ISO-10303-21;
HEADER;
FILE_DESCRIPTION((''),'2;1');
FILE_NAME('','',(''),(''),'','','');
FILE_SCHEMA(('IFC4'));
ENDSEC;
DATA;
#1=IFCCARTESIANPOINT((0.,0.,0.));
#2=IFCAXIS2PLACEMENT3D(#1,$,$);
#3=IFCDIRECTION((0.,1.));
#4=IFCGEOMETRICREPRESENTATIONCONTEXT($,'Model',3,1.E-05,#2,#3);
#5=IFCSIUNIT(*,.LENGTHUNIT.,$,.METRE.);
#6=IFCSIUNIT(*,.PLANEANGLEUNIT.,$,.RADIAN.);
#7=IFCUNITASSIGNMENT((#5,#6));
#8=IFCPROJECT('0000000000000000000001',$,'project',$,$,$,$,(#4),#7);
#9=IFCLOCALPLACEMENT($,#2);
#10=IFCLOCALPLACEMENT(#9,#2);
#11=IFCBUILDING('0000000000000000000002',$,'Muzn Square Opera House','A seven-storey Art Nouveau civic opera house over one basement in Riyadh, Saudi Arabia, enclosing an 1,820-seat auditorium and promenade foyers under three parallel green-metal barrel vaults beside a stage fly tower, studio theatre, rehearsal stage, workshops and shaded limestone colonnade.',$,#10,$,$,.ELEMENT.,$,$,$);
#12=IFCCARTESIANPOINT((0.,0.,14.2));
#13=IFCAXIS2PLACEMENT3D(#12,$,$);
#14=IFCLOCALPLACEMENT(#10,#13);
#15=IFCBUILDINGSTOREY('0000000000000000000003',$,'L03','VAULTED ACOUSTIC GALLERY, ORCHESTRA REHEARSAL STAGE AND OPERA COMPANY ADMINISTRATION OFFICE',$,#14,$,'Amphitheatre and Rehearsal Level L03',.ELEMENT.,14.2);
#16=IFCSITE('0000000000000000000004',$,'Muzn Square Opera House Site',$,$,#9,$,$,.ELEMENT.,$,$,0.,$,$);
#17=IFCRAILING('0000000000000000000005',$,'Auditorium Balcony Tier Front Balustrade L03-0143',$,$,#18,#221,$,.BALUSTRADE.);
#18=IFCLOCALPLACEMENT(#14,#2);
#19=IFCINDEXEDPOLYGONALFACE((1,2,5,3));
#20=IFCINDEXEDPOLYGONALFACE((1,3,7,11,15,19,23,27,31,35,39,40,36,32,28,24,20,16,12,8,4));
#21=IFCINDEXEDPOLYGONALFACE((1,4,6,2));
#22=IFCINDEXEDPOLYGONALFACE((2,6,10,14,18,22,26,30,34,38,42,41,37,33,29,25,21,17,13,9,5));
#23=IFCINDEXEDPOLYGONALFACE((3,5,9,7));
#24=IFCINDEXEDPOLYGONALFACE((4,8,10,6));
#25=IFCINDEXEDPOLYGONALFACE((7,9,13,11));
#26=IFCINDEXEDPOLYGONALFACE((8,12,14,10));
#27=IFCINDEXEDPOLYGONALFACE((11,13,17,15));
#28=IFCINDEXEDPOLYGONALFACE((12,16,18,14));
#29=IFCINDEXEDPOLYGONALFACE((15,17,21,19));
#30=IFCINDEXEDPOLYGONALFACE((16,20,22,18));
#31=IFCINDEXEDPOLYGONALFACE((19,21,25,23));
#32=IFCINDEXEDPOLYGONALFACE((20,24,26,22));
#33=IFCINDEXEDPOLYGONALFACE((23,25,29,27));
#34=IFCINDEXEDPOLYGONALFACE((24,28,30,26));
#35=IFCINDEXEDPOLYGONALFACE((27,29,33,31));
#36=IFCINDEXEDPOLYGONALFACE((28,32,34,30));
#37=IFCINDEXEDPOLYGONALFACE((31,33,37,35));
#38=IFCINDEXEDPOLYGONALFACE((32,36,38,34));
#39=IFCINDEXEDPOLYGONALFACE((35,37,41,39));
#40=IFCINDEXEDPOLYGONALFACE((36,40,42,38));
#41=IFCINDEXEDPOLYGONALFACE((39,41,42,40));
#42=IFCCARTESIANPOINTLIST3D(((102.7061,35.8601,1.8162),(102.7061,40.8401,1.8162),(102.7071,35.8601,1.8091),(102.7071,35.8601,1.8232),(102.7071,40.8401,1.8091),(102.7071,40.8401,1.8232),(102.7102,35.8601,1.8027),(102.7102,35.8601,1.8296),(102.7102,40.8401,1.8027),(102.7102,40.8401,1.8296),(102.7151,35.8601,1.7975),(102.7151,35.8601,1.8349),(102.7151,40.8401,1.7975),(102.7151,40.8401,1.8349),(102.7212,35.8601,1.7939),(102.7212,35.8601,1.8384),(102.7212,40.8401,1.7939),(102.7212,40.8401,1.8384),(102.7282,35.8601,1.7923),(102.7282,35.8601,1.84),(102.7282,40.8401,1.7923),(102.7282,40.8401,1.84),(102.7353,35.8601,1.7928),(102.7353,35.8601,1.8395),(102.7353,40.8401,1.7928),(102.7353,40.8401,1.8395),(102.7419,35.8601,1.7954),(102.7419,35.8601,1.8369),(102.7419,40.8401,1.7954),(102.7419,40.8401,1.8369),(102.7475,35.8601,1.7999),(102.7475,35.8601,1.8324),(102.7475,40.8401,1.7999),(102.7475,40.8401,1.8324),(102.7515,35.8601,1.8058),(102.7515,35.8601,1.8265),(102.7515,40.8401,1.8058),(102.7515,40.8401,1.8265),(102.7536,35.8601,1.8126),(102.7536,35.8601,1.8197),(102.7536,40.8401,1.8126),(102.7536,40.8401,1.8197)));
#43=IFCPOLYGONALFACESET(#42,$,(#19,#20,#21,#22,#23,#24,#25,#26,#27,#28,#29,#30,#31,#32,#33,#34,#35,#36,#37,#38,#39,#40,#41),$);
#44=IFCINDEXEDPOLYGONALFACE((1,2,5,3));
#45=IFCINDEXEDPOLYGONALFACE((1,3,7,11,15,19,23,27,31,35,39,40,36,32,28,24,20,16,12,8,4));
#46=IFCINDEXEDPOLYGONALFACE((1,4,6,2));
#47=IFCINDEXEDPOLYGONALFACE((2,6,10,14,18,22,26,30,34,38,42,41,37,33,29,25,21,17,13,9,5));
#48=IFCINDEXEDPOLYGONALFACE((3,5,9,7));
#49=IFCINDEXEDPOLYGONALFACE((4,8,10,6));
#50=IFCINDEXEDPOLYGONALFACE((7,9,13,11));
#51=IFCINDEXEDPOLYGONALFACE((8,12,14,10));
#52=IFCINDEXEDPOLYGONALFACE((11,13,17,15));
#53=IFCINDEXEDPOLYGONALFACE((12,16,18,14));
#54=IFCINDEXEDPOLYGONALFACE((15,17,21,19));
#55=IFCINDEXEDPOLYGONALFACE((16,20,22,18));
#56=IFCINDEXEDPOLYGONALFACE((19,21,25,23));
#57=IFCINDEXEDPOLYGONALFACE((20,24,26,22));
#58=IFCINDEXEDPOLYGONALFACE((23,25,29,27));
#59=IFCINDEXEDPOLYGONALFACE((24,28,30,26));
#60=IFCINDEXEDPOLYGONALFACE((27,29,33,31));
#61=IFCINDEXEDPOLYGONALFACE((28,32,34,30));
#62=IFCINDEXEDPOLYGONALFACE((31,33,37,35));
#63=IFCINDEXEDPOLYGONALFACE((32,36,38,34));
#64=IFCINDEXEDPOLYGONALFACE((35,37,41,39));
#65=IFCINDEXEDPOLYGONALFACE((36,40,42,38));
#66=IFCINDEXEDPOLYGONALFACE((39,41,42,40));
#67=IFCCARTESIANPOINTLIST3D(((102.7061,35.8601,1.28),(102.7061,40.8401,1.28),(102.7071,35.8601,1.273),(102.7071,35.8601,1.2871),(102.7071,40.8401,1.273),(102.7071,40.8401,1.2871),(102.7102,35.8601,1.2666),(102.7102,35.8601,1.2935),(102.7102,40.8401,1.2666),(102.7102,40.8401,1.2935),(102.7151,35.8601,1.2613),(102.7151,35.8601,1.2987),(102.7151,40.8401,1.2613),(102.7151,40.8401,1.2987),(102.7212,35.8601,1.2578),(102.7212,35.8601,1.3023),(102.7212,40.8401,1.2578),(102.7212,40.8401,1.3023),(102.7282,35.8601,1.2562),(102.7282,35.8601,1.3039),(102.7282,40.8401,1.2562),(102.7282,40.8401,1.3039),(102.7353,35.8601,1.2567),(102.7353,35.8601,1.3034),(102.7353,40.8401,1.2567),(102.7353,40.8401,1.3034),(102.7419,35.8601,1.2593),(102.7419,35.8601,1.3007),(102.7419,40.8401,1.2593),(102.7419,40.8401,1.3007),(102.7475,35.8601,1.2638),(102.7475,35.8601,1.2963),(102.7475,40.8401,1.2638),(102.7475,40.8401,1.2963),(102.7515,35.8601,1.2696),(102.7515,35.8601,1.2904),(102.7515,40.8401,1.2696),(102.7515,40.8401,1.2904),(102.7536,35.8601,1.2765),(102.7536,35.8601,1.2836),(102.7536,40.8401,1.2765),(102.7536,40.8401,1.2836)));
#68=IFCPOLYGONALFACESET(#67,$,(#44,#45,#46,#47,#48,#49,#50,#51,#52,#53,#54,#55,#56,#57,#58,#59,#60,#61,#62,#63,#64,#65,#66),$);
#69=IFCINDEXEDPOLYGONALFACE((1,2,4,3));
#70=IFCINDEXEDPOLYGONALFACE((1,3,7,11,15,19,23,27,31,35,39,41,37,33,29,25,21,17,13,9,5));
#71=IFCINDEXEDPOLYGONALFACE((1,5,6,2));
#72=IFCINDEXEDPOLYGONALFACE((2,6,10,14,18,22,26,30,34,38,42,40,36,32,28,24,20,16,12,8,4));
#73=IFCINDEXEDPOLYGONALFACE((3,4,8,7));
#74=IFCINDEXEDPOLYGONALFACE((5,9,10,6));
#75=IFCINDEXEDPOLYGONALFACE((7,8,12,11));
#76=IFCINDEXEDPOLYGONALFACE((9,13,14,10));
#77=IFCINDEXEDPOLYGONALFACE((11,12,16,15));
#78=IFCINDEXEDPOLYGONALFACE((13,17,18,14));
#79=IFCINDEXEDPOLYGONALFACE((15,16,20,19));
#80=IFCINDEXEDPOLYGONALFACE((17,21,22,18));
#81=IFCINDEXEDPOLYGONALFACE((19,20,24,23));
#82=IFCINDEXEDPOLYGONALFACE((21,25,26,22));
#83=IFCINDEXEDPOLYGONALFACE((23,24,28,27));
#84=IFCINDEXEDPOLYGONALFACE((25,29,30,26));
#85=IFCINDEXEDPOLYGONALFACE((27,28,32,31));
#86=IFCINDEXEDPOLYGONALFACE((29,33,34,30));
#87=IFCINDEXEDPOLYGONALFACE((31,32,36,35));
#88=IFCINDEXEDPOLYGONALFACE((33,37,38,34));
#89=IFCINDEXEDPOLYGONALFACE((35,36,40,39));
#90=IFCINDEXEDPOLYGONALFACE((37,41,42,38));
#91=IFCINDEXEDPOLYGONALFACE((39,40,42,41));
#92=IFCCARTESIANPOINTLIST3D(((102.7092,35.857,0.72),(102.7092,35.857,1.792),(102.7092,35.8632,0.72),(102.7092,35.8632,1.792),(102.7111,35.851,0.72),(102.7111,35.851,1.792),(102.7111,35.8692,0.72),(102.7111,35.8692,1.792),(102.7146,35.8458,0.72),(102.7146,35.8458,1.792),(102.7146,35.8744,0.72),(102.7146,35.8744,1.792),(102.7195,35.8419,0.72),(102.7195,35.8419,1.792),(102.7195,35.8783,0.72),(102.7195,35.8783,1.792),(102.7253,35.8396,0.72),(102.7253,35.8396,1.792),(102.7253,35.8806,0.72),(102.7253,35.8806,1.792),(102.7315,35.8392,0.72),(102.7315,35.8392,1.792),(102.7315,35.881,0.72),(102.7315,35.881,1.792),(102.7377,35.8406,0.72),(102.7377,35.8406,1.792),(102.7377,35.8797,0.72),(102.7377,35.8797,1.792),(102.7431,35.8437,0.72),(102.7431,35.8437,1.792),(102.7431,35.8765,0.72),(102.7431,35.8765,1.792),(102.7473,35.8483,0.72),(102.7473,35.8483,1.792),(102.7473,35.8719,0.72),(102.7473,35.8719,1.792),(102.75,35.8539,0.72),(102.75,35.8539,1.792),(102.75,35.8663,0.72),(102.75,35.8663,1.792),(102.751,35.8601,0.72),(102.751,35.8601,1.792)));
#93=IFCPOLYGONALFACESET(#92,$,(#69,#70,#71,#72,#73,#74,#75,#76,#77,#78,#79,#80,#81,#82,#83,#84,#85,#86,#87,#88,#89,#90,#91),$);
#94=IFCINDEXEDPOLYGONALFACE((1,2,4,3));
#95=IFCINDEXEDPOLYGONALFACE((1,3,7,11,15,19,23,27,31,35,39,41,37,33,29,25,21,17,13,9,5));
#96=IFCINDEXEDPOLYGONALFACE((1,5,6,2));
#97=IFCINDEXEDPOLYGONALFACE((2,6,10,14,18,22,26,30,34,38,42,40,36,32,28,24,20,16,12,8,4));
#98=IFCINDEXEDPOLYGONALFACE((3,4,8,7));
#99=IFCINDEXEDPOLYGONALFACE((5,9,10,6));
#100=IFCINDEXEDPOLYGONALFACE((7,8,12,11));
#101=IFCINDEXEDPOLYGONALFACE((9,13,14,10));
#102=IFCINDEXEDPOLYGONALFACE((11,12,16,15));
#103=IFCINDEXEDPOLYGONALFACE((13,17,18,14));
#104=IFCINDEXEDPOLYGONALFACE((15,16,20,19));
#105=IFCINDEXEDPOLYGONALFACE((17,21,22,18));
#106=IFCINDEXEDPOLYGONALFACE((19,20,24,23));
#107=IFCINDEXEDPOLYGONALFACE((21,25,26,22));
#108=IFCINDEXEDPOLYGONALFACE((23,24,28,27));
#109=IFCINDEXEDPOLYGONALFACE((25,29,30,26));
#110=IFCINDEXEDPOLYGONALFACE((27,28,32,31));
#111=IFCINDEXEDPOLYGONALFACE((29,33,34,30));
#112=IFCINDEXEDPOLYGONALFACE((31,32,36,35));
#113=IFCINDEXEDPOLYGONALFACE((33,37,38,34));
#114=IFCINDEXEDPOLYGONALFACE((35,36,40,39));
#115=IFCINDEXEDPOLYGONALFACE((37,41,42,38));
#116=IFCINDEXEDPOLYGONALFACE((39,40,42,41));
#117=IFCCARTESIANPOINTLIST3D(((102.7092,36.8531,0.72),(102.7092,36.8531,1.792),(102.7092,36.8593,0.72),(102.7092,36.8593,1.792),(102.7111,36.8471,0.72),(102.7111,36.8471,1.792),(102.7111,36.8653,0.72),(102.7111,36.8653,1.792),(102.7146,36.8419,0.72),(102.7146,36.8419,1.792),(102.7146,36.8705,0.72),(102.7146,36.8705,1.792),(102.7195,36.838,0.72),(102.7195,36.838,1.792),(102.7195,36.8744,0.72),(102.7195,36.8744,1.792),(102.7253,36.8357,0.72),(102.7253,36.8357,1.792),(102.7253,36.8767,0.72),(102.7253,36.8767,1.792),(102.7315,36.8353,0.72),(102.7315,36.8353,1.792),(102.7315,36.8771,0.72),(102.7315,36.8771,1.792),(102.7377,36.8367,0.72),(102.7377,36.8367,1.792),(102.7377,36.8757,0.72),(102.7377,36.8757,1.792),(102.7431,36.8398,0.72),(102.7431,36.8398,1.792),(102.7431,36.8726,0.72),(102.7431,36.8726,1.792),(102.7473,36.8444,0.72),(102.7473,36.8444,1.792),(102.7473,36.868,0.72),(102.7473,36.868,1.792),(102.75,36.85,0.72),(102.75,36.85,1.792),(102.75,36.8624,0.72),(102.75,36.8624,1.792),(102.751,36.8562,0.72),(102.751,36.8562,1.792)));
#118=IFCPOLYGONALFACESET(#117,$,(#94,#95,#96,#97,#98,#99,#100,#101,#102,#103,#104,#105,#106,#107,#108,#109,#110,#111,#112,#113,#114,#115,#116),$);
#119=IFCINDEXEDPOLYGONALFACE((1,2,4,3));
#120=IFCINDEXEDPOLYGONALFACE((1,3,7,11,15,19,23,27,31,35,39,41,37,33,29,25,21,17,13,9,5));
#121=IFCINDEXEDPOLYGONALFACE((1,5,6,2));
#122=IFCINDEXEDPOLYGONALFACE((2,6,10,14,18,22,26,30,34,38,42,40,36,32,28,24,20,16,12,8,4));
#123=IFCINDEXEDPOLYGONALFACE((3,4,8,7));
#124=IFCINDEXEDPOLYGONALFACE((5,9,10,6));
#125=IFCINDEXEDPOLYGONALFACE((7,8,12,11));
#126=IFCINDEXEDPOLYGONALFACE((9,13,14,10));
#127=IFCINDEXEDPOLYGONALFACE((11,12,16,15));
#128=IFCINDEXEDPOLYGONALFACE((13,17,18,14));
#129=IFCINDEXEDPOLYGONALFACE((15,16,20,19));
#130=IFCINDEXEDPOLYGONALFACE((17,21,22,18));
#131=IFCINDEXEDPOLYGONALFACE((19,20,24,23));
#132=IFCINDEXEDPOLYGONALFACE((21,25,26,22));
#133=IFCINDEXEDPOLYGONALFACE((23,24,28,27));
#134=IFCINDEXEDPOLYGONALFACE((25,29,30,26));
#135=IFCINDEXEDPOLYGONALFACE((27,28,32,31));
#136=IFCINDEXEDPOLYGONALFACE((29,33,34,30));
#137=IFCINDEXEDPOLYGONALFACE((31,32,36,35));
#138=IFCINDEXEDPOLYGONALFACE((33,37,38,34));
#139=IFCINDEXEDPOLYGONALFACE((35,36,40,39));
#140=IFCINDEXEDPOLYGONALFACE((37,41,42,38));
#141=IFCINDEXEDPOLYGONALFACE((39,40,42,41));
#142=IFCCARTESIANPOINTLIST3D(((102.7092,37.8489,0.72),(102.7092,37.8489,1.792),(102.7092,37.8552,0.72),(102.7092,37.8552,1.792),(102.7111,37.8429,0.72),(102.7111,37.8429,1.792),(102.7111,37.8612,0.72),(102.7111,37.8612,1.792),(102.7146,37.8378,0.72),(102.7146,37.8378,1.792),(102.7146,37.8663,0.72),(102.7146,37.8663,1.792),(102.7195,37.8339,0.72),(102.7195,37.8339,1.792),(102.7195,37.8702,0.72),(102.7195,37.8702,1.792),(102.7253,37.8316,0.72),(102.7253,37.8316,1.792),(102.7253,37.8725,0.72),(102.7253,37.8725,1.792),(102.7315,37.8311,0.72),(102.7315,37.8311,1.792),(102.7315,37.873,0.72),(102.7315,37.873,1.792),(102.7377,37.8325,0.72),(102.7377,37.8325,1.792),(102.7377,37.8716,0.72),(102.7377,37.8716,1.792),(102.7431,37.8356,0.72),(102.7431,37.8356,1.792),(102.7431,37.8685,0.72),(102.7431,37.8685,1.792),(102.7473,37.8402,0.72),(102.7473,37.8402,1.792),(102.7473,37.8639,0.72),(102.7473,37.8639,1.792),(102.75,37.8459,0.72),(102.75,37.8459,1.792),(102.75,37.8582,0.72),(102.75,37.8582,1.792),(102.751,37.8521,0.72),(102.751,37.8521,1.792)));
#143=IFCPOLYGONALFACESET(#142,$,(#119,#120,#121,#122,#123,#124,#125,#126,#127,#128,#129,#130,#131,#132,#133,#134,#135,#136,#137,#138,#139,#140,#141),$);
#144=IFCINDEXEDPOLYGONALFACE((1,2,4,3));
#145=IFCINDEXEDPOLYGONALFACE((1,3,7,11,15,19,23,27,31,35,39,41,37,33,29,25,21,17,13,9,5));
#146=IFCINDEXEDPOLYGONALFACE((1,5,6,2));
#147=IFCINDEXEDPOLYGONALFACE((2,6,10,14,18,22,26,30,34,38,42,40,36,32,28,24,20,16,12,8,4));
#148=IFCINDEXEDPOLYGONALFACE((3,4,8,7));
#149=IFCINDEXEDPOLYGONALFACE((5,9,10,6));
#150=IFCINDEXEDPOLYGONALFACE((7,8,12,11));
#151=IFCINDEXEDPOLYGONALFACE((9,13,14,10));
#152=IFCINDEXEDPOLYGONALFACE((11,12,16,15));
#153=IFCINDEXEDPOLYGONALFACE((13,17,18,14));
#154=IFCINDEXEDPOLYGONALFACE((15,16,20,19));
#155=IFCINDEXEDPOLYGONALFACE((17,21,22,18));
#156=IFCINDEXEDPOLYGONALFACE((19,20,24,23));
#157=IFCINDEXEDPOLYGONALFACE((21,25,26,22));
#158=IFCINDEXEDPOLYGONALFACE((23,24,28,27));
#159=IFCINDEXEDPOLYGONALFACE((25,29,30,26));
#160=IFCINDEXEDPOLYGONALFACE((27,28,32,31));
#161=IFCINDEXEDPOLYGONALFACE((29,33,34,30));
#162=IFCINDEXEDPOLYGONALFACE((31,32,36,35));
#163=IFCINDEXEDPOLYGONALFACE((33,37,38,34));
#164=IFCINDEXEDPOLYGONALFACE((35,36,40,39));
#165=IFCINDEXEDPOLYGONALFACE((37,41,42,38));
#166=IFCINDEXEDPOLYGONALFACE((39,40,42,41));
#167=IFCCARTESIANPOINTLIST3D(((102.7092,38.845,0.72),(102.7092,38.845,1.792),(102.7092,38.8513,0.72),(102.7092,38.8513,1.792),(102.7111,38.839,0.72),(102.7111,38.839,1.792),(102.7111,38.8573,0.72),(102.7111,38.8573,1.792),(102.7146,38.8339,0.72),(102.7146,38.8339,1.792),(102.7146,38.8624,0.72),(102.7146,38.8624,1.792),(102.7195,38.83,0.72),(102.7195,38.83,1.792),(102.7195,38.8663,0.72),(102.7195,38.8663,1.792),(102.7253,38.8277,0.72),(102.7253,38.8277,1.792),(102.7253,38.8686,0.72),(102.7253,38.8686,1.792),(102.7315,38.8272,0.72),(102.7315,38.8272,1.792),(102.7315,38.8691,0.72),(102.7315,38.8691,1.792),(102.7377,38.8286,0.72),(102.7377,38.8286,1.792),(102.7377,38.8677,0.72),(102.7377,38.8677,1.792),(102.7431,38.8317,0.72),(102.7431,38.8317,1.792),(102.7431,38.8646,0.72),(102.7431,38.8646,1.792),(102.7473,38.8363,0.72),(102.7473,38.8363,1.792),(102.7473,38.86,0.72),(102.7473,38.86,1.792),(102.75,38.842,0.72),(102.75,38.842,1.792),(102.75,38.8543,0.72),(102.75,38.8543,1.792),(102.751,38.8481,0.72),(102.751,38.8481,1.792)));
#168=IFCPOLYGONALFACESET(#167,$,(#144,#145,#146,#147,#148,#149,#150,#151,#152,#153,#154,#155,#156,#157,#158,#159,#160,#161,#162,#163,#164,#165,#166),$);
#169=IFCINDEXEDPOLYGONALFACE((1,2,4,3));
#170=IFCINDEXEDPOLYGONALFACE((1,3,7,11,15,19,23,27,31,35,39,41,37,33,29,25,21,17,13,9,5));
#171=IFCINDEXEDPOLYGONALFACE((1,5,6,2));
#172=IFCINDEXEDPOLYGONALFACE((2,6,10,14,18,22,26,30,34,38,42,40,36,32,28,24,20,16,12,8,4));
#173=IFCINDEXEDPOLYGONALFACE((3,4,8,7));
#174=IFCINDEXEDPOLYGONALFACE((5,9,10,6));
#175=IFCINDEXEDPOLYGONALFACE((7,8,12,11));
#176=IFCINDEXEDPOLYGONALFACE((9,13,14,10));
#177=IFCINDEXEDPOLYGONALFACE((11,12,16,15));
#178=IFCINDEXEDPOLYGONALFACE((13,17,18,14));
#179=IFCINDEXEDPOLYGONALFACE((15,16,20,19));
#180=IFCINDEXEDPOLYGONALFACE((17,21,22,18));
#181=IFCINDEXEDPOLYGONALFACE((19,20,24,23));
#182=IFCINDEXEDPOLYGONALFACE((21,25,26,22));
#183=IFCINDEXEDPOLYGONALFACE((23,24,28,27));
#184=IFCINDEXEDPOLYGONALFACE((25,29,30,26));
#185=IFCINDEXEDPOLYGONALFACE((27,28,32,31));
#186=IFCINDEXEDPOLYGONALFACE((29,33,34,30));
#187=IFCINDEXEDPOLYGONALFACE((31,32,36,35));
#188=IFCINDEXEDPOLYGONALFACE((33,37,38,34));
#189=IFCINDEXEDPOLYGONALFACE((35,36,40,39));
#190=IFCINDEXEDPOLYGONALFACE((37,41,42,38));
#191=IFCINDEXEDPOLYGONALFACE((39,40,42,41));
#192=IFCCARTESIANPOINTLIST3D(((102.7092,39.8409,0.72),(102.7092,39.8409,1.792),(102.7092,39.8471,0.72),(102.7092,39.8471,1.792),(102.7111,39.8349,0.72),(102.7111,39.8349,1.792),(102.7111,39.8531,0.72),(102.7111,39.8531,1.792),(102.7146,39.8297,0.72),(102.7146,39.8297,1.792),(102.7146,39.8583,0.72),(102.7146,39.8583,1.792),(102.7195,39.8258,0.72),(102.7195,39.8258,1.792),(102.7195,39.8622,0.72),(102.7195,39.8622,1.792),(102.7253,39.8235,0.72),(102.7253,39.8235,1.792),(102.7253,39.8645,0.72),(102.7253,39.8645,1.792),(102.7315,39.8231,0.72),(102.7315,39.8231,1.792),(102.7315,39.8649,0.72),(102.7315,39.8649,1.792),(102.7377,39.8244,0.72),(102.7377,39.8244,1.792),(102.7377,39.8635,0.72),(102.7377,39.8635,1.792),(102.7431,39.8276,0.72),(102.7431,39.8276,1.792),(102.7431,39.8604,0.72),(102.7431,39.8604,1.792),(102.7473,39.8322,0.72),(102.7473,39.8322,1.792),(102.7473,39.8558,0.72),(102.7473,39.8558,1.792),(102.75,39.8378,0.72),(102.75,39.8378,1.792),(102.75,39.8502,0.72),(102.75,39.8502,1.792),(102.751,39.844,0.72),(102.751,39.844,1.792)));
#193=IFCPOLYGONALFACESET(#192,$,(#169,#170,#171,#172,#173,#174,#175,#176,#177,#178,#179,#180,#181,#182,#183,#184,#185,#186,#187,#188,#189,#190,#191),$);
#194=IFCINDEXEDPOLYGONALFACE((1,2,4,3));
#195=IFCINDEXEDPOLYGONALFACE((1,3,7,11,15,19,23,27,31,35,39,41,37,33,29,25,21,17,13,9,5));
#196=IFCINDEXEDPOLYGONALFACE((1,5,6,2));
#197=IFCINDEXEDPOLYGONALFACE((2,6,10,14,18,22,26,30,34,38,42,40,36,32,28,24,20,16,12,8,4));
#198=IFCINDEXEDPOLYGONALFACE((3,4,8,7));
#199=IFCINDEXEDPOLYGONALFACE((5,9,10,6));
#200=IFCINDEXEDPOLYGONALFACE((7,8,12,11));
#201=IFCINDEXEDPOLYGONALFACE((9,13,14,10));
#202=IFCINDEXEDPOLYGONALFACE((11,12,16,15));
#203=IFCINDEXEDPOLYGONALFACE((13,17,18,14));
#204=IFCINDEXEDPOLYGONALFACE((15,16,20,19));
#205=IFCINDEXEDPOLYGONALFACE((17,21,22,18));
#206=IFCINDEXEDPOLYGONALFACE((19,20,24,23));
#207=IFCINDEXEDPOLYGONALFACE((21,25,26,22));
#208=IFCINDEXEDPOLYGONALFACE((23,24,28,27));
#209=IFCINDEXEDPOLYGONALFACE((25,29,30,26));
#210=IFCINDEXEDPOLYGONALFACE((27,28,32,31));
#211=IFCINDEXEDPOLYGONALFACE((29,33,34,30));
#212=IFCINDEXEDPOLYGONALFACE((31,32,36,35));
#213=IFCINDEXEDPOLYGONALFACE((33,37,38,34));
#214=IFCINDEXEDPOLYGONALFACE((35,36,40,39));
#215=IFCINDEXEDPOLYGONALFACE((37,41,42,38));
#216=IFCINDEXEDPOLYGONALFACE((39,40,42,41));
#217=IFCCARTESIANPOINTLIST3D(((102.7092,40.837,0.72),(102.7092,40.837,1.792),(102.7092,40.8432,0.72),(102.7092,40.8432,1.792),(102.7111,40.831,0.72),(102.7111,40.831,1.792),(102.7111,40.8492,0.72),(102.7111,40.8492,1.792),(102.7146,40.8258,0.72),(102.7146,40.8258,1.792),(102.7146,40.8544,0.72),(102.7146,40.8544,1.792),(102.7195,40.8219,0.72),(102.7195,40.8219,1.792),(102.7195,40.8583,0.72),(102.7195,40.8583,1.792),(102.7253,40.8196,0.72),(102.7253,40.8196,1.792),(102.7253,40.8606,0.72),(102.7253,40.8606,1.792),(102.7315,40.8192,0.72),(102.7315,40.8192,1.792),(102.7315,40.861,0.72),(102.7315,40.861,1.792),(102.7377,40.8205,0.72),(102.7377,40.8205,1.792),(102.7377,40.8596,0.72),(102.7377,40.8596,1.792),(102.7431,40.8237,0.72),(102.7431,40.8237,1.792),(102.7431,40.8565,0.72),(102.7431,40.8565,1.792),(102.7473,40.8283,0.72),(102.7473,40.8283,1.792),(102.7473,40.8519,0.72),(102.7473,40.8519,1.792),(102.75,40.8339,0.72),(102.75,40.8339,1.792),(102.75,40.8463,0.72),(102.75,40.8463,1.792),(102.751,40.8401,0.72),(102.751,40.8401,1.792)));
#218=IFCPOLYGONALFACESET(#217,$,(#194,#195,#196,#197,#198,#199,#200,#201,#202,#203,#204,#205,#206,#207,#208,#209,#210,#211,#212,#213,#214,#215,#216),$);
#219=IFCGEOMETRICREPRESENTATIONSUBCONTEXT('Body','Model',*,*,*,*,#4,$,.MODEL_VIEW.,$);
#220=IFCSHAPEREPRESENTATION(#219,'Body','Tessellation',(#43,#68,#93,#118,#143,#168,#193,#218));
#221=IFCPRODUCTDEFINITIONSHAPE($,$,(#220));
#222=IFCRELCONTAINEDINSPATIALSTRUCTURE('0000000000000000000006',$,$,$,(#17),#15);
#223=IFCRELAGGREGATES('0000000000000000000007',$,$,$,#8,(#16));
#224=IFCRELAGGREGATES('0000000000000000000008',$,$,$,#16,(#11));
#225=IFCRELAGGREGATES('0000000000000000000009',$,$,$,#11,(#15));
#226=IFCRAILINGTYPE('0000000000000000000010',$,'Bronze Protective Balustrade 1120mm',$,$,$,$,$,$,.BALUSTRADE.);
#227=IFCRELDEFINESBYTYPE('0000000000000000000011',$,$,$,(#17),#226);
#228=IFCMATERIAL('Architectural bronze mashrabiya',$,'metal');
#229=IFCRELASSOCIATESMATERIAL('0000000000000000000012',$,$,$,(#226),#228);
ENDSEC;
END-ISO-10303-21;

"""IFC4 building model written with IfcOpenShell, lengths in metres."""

from ifc_helpers import new_model, si_unit, direction, frame, origin, origin_2d, place, context, subcontext, project, spatial, circle, extrude, material, type_object, element, save


model = new_model("IFC4")

# Units and contexts
model_context = context("Model", 3, precision=1e-05, world=origin(), true_north=direction((0.0, 1.0)))
body_context = subcontext(model_context, "Body", "Model", "MODEL_VIEW")
ifc_project = project(units=[si_unit("LENGTHUNIT", "METRE"), si_unit("PLANEANGLEUNIT", "RADIAN")], contexts=[model_context])

# Site, building, storey
site_placement = place(None, origin())
site = spatial("IfcSite", under=ifc_project, at=site_placement, Name="Muzn Square Opera House Site", CompositionType="ELEMENT", RefElevation=0.0)
building_placement = place(site_placement, origin())
building = spatial("IfcBuilding", under=site, at=building_placement, Name="Muzn Square Opera House", Description="A seven-storey Art Nouveau civic opera house over one basement in Riyadh, Saudi Arabia, enclosing an 1,820-seat auditorium and promenade foyers under three parallel green-metal barrel vaults beside a stage fly tower, studio theatre, rehearsal stage, workshops and shaded limestone colonnade.", CompositionType="ELEMENT")
storey_placement = place(building_placement, frame((0.0, 0.0, 14.2)))
storey = spatial("IfcBuildingStorey", under=building, at=storey_placement, Name="L03", Description="VAULTED ACOUSTIC GALLERY, ORCHESTRA REHEARSAL STAGE AND OPERA COMPANY ADMINISTRATION OFFICE", LongName="Amphitheatre and Rehearsal Level L03", CompositionType="ELEMENT", Elevation=14.2)

# Railing
ifc_material_1 = material(Name="Architectural bronze mashrabiya", Category="metal")
railing_type_1 = type_object("IfcRailingType", Name="Bronze Protective Balustrade 1120mm", PredefinedType="BALUSTRADE", material=ifc_material_1)
railing_1_placement = place(storey_placement, frame((102.73, 35.8601, 0.72)))
element("IfcRailing", 1, at=railing_1_placement, inside=storey, type_object=railing_type_1, Name="Auditorium Balcony Tier Front Balustrade L03-0143", PredefinedType="BALUSTRADE", context=body_context, shape_type="SweptSolid", body=[
    extrude(circle(Radius=0.0239, at=origin_2d()), frame((0.0, 0.0, 1.0962), z_axis=(0.0, 1.0, 0.0), x_axis=(-1.0, 0.0, 0.0)), (0.0, 0.0, 1.0), 4.98),
    extrude(circle(Radius=0.0239, at=origin_2d()), frame((0.0, 0.0, 0.5601), z_axis=(0.0, 1.0, 0.0), x_axis=(-1.0, 0.0, 0.0)), (0.0, 0.0, 1.0), 4.98),
    extrude(circle(Radius=0.021, at=origin_2d()), origin(), (0.0, 0.0, 1.0), 1.072),
    extrude(circle(Radius=0.021, at=origin_2d()), frame((0.0, 0.9961, 0.0)), (0.0, 0.0, 1.0), 1.072),
    extrude(circle(Radius=0.021, at=origin_2d()), frame((0.0, 1.9919, 0.0)), (0.0, 0.0, 1.0), 1.072),
    extrude(circle(Radius=0.021, at=origin_2d()), frame((0.0, 2.988, 0.0)), (0.0, 0.0, 1.0), 1.072),
    extrude(circle(Radius=0.021, at=origin_2d()), frame((0.0, 3.9839, 0.0)), (0.0, 0.0, 1.0), 1.072),
    extrude(circle(Radius=0.021, at=origin_2d()), frame((0.0, 4.98, 0.0)), (0.0, 0.0, 1.0), 1.072),
])

save(model, "model.ifc")
